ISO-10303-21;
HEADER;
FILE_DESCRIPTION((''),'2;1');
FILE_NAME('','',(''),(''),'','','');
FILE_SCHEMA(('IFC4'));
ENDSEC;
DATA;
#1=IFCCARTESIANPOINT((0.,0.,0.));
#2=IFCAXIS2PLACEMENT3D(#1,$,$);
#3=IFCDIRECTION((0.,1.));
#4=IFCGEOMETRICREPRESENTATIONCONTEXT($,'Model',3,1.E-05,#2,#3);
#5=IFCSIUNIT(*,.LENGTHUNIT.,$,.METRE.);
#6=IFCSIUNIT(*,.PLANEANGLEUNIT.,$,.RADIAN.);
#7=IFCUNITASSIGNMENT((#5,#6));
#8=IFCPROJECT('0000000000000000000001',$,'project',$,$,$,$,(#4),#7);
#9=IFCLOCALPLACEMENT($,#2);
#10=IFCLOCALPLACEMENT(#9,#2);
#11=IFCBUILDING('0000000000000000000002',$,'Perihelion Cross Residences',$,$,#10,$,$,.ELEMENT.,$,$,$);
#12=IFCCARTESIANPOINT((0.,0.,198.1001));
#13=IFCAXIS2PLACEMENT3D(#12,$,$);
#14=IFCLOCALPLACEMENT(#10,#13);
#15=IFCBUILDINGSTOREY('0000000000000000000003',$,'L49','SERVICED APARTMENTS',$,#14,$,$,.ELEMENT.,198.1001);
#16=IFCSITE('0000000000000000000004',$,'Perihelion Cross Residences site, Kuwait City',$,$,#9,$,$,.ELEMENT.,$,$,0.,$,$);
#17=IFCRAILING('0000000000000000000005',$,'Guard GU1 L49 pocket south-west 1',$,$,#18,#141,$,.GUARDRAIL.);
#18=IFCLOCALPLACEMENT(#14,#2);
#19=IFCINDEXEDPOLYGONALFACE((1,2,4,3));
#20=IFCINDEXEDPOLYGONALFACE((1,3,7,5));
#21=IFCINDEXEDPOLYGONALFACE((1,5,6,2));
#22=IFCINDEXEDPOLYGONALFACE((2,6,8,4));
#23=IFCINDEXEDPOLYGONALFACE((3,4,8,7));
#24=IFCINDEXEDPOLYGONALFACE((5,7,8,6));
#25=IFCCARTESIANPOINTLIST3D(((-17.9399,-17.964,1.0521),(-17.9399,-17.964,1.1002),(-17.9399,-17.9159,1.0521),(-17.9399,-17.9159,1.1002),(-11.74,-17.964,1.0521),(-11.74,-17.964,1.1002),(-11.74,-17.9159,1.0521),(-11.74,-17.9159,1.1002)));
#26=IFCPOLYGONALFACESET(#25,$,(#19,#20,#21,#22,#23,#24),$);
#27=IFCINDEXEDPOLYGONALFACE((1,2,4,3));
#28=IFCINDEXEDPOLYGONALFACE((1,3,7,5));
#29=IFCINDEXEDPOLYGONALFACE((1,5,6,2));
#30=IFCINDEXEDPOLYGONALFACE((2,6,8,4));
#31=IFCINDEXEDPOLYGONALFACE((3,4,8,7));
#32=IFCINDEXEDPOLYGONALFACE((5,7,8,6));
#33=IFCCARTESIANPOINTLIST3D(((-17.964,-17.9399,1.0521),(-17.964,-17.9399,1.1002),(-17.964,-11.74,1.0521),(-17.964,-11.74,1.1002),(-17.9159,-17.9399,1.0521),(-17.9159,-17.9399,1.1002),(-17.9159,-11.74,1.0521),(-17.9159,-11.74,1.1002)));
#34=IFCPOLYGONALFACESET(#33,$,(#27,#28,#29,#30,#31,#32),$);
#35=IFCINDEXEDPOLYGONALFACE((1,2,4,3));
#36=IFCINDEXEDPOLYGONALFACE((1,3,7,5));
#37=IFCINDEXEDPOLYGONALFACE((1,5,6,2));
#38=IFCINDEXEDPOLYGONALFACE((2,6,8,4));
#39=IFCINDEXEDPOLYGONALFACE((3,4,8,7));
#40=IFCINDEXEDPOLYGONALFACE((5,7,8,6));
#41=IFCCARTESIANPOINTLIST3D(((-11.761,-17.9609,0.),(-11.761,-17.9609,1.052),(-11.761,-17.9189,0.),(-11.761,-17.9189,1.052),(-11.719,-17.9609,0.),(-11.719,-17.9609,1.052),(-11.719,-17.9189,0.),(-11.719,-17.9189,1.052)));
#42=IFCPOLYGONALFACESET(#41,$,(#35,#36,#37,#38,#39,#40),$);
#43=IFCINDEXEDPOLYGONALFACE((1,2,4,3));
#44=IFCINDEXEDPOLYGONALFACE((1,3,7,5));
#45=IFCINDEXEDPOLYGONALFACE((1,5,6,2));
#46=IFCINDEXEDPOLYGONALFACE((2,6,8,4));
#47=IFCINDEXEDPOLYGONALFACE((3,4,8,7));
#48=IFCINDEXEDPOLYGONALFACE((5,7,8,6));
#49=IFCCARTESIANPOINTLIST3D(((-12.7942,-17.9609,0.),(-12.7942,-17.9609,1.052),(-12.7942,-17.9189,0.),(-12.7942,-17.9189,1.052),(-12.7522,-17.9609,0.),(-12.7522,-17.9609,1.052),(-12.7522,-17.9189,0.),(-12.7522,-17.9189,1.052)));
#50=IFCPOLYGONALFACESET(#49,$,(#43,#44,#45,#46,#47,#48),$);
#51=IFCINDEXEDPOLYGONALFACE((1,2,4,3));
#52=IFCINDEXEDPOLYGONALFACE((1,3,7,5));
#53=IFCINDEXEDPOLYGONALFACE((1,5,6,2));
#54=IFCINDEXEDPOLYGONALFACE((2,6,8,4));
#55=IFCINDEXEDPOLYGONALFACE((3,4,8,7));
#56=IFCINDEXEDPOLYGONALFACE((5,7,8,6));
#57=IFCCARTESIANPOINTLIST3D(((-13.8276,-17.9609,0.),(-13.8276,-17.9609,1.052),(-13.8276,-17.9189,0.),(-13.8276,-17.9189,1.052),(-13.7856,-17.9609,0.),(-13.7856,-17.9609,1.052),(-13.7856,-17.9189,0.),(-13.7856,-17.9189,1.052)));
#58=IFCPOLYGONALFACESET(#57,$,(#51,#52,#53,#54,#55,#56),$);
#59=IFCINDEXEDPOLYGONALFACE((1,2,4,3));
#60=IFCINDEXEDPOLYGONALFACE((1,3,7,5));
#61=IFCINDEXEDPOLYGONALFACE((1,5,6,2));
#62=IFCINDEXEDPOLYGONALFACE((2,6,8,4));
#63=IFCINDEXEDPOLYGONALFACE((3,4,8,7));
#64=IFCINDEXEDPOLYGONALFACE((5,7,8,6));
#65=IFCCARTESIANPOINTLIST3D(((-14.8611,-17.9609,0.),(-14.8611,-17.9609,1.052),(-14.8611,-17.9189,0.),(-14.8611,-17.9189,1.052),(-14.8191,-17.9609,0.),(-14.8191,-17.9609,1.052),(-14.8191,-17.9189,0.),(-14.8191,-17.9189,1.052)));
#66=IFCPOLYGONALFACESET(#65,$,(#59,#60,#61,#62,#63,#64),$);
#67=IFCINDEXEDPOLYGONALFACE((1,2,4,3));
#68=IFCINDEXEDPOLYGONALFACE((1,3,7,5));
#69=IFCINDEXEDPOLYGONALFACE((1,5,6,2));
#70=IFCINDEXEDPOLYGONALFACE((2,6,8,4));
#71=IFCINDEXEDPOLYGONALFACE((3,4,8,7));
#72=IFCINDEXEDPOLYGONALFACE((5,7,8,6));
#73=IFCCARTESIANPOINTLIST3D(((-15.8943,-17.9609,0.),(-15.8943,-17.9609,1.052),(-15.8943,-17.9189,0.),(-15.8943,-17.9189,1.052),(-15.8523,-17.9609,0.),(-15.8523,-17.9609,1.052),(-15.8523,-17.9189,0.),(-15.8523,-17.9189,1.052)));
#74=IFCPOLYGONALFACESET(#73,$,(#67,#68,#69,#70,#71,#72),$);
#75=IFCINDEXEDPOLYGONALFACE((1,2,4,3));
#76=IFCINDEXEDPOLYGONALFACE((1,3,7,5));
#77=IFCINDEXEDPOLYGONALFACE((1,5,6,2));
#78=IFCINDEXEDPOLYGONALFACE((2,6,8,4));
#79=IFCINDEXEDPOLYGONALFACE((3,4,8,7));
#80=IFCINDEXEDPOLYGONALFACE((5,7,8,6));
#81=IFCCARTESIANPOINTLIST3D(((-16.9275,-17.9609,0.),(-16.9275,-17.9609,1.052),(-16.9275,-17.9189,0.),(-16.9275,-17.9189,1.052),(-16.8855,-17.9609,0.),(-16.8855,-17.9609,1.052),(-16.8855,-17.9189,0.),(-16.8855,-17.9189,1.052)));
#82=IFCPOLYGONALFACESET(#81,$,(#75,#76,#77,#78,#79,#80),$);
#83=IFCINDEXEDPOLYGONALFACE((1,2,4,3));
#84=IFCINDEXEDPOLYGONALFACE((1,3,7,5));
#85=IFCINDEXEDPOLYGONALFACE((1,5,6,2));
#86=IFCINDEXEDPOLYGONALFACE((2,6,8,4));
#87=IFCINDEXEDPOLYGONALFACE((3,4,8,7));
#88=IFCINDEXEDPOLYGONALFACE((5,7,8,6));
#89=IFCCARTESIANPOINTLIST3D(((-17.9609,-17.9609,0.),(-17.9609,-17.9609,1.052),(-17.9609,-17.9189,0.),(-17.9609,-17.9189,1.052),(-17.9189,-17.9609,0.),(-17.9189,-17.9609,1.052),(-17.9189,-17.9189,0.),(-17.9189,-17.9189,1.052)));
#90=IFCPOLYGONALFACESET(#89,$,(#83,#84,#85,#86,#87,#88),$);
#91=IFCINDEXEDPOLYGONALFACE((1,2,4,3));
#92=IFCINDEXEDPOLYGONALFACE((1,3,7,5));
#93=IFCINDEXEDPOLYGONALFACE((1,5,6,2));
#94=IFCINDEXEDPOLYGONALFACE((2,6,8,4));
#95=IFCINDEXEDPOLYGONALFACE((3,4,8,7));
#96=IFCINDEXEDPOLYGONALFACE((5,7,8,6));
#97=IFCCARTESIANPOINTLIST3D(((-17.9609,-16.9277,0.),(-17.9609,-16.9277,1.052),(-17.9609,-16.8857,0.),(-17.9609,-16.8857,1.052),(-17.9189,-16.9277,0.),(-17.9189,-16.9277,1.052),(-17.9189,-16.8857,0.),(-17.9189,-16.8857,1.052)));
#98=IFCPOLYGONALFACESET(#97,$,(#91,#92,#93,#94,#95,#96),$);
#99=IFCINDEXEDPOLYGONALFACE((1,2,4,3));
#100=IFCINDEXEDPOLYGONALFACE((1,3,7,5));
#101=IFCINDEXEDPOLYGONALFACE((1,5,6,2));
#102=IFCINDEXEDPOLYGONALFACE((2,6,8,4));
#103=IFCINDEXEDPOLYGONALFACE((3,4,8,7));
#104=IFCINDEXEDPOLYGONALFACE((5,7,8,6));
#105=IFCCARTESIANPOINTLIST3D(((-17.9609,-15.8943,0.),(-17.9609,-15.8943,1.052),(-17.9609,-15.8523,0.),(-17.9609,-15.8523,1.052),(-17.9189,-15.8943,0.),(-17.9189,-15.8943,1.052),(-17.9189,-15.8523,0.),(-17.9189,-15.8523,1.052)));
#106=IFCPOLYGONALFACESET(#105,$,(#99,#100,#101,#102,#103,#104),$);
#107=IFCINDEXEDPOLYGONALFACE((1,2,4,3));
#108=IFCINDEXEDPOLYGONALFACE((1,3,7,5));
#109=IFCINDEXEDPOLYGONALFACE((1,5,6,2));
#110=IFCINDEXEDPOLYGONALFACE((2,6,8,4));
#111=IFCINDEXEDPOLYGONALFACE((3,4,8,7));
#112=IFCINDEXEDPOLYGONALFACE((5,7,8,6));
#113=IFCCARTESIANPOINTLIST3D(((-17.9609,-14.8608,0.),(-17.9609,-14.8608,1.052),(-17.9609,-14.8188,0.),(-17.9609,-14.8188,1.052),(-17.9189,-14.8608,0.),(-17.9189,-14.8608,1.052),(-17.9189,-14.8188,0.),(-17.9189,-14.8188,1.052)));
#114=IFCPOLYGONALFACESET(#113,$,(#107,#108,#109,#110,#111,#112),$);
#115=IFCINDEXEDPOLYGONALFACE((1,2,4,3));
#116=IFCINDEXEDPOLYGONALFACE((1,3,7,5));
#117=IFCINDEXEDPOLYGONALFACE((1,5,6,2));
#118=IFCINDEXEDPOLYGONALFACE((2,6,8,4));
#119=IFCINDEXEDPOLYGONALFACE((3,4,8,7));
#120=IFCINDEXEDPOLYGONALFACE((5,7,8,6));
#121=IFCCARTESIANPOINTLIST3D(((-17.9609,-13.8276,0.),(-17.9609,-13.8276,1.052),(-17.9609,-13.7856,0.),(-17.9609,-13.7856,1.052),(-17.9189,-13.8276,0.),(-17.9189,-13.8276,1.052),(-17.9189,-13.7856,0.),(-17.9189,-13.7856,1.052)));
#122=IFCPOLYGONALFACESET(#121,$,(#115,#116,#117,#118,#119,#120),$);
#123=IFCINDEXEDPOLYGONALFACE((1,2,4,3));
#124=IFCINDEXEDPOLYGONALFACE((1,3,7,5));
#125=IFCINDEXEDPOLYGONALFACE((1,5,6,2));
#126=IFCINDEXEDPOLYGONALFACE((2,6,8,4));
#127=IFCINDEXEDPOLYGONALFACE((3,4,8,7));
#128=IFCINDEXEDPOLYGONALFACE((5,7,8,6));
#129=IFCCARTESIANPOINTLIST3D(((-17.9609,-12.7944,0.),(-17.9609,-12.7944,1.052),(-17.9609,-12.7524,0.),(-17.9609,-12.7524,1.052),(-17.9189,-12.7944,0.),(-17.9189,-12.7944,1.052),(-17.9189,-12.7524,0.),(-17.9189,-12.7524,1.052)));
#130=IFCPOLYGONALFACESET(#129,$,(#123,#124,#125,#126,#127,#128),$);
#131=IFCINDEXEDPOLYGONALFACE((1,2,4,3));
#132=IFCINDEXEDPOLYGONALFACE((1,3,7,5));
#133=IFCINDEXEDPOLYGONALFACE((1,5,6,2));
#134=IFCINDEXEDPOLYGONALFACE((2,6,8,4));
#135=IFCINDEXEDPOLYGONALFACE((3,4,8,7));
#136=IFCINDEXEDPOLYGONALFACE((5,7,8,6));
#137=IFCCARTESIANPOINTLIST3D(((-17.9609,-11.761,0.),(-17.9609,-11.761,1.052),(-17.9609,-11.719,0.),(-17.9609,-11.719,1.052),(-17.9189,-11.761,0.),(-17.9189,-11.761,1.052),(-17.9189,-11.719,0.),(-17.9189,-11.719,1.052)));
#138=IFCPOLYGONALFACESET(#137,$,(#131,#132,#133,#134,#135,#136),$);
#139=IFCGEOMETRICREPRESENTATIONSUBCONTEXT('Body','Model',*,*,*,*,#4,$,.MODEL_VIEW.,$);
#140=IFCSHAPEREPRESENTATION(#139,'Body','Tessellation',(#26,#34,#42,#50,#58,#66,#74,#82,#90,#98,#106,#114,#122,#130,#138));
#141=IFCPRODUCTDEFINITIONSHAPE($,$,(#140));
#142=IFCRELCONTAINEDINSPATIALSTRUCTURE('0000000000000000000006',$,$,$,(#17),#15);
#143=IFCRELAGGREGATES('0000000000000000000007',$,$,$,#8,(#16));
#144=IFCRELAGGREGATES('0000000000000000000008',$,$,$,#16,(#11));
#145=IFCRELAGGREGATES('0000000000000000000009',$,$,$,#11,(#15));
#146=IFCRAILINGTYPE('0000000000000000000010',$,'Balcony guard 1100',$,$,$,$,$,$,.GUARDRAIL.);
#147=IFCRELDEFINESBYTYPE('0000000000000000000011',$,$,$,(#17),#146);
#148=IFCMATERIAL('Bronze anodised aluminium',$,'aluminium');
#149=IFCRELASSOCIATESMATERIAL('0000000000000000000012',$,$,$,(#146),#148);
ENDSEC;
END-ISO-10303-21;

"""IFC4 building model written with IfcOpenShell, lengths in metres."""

from ifc_helpers import new_model, si_unit, direction, frame, origin, origin_2d, place, context, subcontext, project, spatial, rectangle, extrude, material, type_object, element, save


model = new_model("IFC4")

# Units and contexts
model_context = context("Model", 3, precision=1e-05, world=origin(), true_north=direction((0.0, 1.0)))
body_context = subcontext(model_context, "Body", "Model", "MODEL_VIEW")
ifc_project = project(units=[si_unit("LENGTHUNIT", "METRE"), si_unit("PLANEANGLEUNIT", "RADIAN")], contexts=[model_context])

# Site, building, storey
site_placement = place(None, origin())
site = spatial("IfcSite", under=ifc_project, at=site_placement, Name="Perihelion Cross Residences site, Kuwait City", CompositionType="ELEMENT", RefElevation=0.0)
building_placement = place(site_placement, origin())
building = spatial("IfcBuilding", under=site, at=building_placement, Name="Perihelion Cross Residences", CompositionType="ELEMENT")
storey_placement = place(building_placement, frame((0.0, 0.0, 198.1001)))
storey = spatial("IfcBuildingStorey", under=building, at=storey_placement, Name="L49", Description="SERVICED APARTMENTS", CompositionType="ELEMENT", Elevation=198.1001)

# Railing
ifc_material_1 = material(Name="Bronze anodised aluminium", Category="aluminium")
railing_type = type_object("IfcRailingType", Name="Balcony guard 1100", PredefinedType="GUARDRAIL", material=ifc_material_1)
railing_1_placement = place(storey_placement, frame((-11.74, -17.9399, 0.0)))
element("IfcRailing", 1, at=railing_1_placement, inside=storey, type_object=railing_type, Name="Guard GU1 L49 pocket south-west 1", PredefinedType="GUARDRAIL", context=body_context, shape_type="SweptSolid", body=[
    extrude(rectangle(XDim=0.0481, YDim=0.0481, at=origin_2d()), frame((0.0, 0.0, 1.0762), z_axis=(-1.0, 0.0, 0.0), x_axis=(0.0, -1.0, 0.0)), (0.0, 0.0, 1.0), 6.2),
    extrude(rectangle(XDim=0.0481, YDim=0.0481, at=origin_2d()), frame((-6.2, 0.0, 1.0762), z_axis=(0.0, 1.0, 0.0), x_axis=(-1.0, 0.0, 0.0)), (0.0, 0.0, 1.0), 6.2),
    extrude(rectangle(XDim=0.042, YDim=0.042, at=origin_2d()), origin(), (0.0, 0.0, 1.0), 1.052),
    extrude(rectangle(XDim=0.042, YDim=0.042, at=origin_2d()), frame((-1.0332, 0.0, 0.0)), (0.0, 0.0, 1.0), 1.052),
    extrude(rectangle(XDim=0.042, YDim=0.042, at=origin_2d()), frame((-2.0667, 0.0, 0.0)), (0.0, 0.0, 1.0), 1.052),
    extrude(rectangle(XDim=0.042, YDim=0.042, at=origin_2d()), frame((-3.1001, 0.0, 0.0)), (0.0, 0.0, 1.0), 1.052),
    extrude(rectangle(XDim=0.042, YDim=0.042, at=origin_2d()), frame((-4.1333, 0.0, 0.0)), (0.0, 0.0, 1.0), 1.052),
    extrude(rectangle(XDim=0.042, YDim=0.042, at=origin_2d()), frame((-5.1665, 0.0, 0.0)), (0.0, 0.0, 1.0), 1.052),
    extrude(rectangle(XDim=0.042, YDim=0.042, at=origin_2d()), frame((-6.2, 0.0, 0.0)), (0.0, 0.0, 1.0), 1.052),
    extrude(rectangle(XDim=0.042, YDim=0.042, at=origin_2d()), frame((-6.2, 1.0332, 0.0)), (0.0, 0.0, 1.0), 1.052),
    extrude(rectangle(XDim=0.042, YDim=0.042, at=origin_2d()), frame((-6.2, 2.0667, 0.0)), (0.0, 0.0, 1.0), 1.052),
    extrude(rectangle(XDim=0.042, YDim=0.042, at=origin_2d()), frame((-6.2, 3.1001, 0.0)), (0.0, 0.0, 1.0), 1.052),
    extrude(rectangle(XDim=0.042, YDim=0.042, at=origin_2d()), frame((-6.2, 4.1333, 0.0)), (0.0, 0.0, 1.0), 1.052),
    extrude(rectangle(XDim=0.042, YDim=0.042, at=origin_2d()), frame((-6.2, 5.1665, 0.0)), (0.0, 0.0, 1.0), 1.052),
    extrude(rectangle(XDim=0.042, YDim=0.042, at=origin_2d()), frame((-6.2, 6.2, 0.0)), (0.0, 0.0, 1.0), 1.052),
])

save(model, "model.ifc")
